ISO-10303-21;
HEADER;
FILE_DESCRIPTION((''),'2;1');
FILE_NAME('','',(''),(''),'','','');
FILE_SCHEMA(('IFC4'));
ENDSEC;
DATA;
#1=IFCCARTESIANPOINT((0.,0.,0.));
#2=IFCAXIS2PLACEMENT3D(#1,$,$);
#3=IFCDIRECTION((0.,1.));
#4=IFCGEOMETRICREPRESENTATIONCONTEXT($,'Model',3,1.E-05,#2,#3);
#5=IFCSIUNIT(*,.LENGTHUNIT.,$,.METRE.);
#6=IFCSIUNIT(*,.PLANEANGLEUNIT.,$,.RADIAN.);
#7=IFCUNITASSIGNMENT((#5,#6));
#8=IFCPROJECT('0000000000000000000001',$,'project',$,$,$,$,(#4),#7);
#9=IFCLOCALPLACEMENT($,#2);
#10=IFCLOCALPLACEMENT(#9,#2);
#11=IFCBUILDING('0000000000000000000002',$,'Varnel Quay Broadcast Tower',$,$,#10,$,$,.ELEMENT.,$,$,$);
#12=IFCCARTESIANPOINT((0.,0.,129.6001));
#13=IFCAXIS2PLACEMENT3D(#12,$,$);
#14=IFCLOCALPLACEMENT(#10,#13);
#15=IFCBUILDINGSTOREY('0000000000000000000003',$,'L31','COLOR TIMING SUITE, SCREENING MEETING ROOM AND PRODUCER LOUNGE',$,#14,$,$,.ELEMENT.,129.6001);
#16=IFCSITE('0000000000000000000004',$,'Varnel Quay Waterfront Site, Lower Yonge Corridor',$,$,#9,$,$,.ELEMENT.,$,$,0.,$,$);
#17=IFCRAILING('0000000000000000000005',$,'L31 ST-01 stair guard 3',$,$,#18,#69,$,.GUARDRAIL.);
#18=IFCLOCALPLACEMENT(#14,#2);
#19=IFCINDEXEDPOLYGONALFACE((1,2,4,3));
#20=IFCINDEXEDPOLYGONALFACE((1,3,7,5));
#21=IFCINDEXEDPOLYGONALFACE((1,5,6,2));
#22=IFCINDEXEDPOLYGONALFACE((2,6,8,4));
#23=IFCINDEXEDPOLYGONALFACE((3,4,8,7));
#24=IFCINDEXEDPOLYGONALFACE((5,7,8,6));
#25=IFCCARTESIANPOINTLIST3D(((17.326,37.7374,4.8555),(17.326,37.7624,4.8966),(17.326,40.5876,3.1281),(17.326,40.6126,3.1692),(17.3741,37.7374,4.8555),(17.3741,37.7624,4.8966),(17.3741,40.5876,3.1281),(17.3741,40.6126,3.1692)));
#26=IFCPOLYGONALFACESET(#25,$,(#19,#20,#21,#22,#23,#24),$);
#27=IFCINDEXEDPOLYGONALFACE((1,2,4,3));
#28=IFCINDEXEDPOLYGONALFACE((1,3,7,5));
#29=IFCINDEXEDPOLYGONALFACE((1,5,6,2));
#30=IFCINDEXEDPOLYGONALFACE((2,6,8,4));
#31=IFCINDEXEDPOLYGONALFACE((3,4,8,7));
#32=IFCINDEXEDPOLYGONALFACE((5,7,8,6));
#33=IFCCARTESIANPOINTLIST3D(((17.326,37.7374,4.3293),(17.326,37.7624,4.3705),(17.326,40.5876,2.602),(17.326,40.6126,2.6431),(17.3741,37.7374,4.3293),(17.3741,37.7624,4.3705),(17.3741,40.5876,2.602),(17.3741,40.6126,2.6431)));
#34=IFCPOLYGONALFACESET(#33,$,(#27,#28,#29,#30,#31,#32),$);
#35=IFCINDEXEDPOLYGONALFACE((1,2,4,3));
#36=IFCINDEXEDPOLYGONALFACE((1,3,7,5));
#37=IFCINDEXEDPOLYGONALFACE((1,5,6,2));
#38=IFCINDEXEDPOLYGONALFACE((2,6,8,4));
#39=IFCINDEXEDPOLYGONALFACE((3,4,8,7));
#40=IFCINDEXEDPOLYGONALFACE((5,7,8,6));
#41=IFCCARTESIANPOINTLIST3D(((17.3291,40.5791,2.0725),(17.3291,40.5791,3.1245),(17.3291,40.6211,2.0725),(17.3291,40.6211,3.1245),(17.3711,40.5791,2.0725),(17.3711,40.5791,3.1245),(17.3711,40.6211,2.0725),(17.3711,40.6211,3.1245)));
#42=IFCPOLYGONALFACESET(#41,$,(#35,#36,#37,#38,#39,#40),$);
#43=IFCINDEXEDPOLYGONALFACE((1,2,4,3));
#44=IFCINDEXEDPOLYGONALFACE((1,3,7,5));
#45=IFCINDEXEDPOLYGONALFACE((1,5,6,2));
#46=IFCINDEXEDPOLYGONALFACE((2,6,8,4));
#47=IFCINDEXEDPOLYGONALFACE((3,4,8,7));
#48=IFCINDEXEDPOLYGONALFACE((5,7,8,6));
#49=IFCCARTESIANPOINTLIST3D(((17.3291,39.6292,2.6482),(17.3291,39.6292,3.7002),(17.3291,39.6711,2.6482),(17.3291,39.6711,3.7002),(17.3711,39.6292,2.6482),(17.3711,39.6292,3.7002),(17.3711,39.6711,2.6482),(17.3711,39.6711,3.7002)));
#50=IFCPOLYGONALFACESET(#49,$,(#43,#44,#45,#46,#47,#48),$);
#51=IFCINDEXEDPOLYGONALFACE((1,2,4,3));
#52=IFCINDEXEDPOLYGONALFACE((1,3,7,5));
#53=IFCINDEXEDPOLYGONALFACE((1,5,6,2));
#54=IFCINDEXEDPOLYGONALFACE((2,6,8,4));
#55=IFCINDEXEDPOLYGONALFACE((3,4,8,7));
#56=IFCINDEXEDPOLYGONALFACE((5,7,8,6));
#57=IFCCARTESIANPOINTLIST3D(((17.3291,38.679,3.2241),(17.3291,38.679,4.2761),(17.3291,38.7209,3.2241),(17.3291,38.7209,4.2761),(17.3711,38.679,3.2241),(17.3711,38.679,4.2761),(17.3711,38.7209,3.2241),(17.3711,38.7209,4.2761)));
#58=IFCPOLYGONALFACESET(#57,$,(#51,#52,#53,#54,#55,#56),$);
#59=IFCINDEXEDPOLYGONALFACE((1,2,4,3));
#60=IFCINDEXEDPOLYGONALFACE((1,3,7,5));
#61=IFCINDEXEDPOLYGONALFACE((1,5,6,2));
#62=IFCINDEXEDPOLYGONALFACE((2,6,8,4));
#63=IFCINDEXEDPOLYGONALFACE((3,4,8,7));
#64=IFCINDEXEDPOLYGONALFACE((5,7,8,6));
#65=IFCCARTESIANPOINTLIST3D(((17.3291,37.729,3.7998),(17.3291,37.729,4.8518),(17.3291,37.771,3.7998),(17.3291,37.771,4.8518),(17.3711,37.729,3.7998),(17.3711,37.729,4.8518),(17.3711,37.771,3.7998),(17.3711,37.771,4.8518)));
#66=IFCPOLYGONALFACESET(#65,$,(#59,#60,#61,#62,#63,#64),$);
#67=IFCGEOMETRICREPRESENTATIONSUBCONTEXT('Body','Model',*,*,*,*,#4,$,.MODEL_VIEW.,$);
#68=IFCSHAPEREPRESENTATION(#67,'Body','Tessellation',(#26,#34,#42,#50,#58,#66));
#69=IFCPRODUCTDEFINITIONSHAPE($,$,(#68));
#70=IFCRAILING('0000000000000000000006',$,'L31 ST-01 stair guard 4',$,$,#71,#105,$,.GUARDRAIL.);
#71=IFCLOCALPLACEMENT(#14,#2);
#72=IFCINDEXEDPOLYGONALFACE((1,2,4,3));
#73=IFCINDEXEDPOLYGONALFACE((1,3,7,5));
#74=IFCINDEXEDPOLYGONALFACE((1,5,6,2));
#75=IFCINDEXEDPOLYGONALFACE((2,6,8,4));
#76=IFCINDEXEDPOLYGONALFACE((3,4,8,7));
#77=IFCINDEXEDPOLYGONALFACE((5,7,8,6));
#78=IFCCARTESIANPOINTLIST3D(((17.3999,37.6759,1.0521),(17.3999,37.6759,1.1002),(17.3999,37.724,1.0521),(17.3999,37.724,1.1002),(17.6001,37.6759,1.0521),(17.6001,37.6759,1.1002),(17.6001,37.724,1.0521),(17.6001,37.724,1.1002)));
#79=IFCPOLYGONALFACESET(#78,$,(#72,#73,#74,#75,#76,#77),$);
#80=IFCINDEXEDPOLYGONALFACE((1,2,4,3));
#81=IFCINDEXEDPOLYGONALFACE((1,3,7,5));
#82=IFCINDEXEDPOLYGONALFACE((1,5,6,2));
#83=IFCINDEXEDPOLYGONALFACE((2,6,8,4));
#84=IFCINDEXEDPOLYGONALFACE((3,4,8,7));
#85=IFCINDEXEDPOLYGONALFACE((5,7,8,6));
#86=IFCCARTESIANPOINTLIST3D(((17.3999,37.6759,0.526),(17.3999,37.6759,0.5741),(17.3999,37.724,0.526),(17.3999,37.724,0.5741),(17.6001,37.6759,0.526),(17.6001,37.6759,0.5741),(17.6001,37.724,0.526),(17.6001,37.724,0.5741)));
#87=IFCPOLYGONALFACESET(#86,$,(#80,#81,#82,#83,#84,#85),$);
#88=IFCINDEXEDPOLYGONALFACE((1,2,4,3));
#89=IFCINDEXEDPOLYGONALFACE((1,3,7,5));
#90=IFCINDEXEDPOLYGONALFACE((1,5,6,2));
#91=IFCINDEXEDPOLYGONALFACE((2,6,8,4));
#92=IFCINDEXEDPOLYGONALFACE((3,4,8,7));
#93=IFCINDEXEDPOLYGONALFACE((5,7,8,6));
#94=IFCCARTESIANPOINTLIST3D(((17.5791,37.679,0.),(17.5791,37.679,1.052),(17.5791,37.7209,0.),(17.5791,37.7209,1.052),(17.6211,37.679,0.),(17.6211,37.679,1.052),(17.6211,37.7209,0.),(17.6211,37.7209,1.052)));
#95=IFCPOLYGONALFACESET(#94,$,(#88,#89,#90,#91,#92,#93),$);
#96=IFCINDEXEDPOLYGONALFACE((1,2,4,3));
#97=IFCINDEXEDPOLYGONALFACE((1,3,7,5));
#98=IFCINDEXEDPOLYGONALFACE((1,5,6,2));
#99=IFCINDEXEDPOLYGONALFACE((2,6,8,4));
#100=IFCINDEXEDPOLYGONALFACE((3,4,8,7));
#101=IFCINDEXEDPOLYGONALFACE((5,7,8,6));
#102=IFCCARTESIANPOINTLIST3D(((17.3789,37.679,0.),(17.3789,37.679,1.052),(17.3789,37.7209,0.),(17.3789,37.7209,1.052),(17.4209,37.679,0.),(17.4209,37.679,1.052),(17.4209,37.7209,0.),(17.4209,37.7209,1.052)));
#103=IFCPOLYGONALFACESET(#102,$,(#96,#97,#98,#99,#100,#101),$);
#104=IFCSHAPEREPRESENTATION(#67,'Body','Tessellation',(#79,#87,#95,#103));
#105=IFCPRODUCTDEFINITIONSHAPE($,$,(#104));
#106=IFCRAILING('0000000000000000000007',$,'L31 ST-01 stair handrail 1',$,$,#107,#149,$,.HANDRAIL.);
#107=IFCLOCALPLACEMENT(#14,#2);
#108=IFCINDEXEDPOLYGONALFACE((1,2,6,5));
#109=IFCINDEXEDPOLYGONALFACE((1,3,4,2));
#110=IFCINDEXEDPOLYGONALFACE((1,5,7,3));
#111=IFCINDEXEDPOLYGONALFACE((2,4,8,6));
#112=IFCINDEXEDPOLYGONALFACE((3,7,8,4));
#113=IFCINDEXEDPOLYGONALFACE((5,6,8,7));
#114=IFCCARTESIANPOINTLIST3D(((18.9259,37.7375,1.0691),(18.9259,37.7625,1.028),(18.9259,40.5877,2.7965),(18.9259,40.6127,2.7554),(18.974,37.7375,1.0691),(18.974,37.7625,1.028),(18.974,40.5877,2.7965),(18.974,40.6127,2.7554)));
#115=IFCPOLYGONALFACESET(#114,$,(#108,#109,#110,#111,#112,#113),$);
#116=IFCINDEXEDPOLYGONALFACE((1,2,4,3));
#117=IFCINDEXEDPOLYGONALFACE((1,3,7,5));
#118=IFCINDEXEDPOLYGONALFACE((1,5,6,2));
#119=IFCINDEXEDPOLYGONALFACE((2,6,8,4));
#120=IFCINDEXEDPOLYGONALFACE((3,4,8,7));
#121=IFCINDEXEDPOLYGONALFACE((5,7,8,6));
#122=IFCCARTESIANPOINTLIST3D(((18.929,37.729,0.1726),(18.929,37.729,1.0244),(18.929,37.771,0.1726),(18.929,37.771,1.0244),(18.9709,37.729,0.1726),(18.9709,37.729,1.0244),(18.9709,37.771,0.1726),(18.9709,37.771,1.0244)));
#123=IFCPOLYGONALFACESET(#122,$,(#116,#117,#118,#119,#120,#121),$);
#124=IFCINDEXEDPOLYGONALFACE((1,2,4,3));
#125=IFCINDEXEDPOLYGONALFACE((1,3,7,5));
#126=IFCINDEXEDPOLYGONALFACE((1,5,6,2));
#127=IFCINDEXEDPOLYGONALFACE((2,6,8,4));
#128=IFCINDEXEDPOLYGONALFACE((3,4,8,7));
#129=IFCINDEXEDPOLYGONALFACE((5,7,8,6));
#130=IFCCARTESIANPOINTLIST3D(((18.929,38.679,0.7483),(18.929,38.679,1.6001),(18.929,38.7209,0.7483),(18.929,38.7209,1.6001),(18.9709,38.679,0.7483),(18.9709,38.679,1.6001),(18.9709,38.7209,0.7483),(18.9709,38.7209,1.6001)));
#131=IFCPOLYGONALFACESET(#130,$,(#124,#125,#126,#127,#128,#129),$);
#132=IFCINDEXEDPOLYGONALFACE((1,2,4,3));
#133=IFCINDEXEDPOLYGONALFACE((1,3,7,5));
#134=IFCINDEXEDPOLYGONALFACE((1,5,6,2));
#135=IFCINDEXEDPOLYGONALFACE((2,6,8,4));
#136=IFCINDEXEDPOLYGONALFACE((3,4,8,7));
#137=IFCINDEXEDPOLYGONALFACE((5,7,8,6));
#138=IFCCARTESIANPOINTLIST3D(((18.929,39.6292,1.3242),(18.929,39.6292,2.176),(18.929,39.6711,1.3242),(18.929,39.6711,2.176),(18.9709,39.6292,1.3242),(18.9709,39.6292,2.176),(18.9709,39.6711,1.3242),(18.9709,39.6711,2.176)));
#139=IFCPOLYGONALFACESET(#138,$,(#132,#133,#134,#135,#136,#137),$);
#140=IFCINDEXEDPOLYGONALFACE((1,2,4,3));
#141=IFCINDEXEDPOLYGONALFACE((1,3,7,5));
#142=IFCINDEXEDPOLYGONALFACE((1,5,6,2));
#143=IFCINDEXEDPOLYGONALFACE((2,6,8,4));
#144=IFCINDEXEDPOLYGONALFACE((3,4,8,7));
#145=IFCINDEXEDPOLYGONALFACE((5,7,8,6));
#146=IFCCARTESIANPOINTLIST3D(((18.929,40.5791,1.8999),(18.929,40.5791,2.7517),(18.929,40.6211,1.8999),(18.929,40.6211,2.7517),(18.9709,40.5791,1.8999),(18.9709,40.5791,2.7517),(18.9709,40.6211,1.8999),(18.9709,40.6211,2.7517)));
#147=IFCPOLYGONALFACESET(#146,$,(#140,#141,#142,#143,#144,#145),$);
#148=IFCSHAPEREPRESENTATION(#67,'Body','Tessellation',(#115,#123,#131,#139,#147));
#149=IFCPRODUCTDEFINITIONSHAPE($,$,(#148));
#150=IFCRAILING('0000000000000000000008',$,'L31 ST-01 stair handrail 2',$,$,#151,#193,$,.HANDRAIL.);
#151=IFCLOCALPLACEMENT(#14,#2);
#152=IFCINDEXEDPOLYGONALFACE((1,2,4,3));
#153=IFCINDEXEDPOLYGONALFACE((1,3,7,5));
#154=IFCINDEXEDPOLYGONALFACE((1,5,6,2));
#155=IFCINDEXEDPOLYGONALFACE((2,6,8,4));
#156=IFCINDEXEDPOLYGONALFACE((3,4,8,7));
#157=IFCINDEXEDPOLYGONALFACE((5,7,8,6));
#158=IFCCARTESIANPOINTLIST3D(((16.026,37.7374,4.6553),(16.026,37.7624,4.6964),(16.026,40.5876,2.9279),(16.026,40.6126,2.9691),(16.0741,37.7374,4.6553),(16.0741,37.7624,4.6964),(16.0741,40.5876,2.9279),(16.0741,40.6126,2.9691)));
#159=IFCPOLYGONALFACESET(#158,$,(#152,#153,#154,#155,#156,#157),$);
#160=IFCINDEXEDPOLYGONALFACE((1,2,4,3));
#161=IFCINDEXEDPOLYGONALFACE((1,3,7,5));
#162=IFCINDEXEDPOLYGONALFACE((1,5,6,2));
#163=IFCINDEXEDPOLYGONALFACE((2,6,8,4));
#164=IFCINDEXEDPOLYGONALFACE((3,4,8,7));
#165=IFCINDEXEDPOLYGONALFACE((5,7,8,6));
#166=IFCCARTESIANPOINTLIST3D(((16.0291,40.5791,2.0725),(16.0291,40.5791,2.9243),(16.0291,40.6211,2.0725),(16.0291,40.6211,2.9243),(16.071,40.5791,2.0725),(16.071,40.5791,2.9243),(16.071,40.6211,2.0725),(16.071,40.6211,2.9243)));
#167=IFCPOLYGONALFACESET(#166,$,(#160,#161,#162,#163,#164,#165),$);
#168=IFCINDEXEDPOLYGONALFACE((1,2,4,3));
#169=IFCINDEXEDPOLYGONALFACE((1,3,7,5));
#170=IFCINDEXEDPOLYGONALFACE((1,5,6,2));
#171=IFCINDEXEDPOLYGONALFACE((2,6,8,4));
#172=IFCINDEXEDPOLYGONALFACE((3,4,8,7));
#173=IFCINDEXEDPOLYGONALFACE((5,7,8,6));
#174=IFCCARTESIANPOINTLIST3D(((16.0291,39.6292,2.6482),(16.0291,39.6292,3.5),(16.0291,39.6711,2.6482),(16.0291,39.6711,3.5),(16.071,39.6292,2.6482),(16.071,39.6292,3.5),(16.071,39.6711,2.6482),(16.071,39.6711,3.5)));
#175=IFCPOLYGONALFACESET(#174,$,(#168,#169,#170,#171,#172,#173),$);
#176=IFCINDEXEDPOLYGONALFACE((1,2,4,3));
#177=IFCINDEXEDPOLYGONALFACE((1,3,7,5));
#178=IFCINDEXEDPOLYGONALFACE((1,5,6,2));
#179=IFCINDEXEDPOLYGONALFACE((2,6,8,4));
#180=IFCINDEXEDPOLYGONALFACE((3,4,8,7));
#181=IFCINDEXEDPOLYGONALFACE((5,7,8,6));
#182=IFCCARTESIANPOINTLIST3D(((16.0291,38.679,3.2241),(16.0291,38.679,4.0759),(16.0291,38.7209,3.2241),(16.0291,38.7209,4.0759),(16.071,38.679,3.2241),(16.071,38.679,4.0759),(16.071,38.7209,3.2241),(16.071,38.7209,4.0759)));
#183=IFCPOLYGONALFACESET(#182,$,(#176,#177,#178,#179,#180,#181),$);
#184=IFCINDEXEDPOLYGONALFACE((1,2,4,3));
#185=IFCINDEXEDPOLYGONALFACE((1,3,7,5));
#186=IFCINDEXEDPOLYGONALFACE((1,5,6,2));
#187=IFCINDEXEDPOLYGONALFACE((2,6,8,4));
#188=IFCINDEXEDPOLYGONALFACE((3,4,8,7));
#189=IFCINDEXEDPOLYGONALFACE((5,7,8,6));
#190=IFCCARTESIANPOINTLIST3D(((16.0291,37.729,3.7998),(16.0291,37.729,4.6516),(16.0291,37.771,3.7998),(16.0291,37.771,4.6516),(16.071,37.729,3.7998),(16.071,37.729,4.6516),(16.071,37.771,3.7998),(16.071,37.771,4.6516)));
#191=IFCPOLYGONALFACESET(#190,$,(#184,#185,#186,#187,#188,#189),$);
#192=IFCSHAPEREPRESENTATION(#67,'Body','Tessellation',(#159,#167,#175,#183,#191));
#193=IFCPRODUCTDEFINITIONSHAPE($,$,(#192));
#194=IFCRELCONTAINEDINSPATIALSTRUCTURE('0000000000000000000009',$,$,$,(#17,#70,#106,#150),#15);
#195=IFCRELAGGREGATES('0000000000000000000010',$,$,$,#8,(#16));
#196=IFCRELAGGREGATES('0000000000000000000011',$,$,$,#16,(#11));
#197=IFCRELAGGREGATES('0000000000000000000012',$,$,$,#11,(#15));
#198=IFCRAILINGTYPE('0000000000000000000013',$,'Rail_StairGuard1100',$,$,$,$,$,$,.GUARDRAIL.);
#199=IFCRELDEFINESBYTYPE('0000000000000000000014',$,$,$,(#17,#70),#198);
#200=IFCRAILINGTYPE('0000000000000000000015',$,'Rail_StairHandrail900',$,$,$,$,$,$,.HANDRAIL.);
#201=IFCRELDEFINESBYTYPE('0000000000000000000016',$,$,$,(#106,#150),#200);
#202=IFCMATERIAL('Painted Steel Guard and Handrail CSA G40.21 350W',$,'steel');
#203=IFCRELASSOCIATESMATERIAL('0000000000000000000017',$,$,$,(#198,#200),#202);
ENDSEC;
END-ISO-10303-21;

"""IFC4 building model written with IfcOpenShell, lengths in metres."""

from ifc_helpers import new_model, si_unit, direction, frame, origin, origin_2d, place, context, subcontext, project, spatial, rectangle, extrude, material, type_object, element, save


model = new_model("IFC4")

# Units and contexts
model_context = context("Model", 3, precision=1e-05, world=origin(), true_north=direction((0.0, 1.0)))
body_context = subcontext(model_context, "Body", "Model", "MODEL_VIEW")
ifc_project = project(units=[si_unit("LENGTHUNIT", "METRE"), si_unit("PLANEANGLEUNIT", "RADIAN")], contexts=[model_context])

# Site, building, storey
site_placement = place(None, origin())
site = spatial("IfcSite", under=ifc_project, at=site_placement, Name="Varnel Quay Waterfront Site, Lower Yonge Corridor", CompositionType="ELEMENT", RefElevation=0.0)
building_placement = place(site_placement, origin())
building = spatial("IfcBuilding", under=site, at=building_placement, Name="Varnel Quay Broadcast Tower", CompositionType="ELEMENT")
storey_placement = place(building_placement, frame((0.0, 0.0, 129.6001)))
storey = spatial("IfcBuildingStorey", under=building, at=storey_placement, Name="L31", Description="COLOR TIMING SUITE, SCREENING MEETING ROOM AND PRODUCER LOUNGE", CompositionType="ELEMENT", Elevation=129.6001)

# Railings
ifc_material_1 = material(Name="Painted Steel Guard and Handrail CSA G40.21 350W", Category="steel")
railing_type_1 = type_object("IfcRailingType", Name="Rail_StairGuard1100", PredefinedType="GUARDRAIL", material=ifc_material_1)
railing_1_placement = place(storey_placement, frame((17.3501, 40.6001, 2.0725)))
element("IfcRailing", 1, at=railing_1_placement, inside=storey, type_object=railing_type_1, Name="L31 ST-01 stair guard 3", PredefinedType="GUARDRAIL", context=body_context, shape_type="SweptSolid", body=[
    extrude(rectangle(XDim=0.0481, YDim=0.0481, at=origin_2d()), frame((0.0, 0.0, 1.0762), z_axis=(0.0, -0.855203, 0.518294), x_axis=(1.0, 0.0, 0.0)), (0.0, 0.0, 1.0), 3.3328),
    extrude(rectangle(XDim=0.0481, YDim=0.0481, at=origin_2d()), frame((0.0, 0.0, 0.55), z_axis=(0.0, -0.855203, 0.518294), x_axis=(1.0, 0.0, 0.0)), (0.0, 0.0, 1.0), 3.3328),
    extrude(rectangle(XDim=0.042, YDim=0.042, at=origin_2d()), origin(), (0.0, 0.0, 1.0), 1.052),
    extrude(rectangle(XDim=0.042, YDim=0.042, at=origin_2d()), frame((0.0, -0.95, 0.5757)), (0.0, 0.0, 1.0), 1.052),
    extrude(rectangle(XDim=0.042, YDim=0.042, at=origin_2d()), frame((0.0, -1.9001, 1.1516)), (0.0, 0.0, 1.0), 1.052),
    extrude(rectangle(XDim=0.042, YDim=0.042, at=origin_2d()), frame((0.0, -2.8501, 1.7273)), (0.0, 0.0, 1.0), 1.052),
])
railing_2_placement = place(storey_placement, frame((17.6001, 37.7, 0.0)))
element("IfcRailing", 2, at=railing_2_placement, inside=storey, type_object=railing_type_1, Name="L31 ST-01 stair guard 4", PredefinedType="GUARDRAIL", context=body_context, shape_type="SweptSolid", body=[
    extrude(rectangle(XDim=0.0481, YDim=0.0481, at=origin_2d()), frame((0.0, 0.0, 1.0762), z_axis=(-1.0, 0.0, 0.0), x_axis=(0.0, -1.0, 0.0)), (0.0, 0.0, 1.0), 0.2002),
    extrude(rectangle(XDim=0.0481, YDim=0.0481, at=origin_2d()), frame((0.0, 0.0, 0.55), z_axis=(-1.0, 0.0, 0.0), x_axis=(0.0, -1.0, 0.0)), (0.0, 0.0, 1.0), 0.2002),
    extrude(rectangle(XDim=0.042, YDim=0.042, at=origin_2d()), origin(), (0.0, 0.0, 1.0), 1.052),
    extrude(rectangle(XDim=0.042, YDim=0.042, at=origin_2d()), frame((-0.2002, 0.0, 0.0)), (0.0, 0.0, 1.0), 1.052),
])
railing_type_2 = type_object("IfcRailingType", Name="Rail_StairHandrail900", PredefinedType="HANDRAIL", material=ifc_material_1)
railing_3_placement = place(storey_placement, frame((18.95, 37.75, 0.1726)))
element("IfcRailing", 3, at=railing_3_placement, inside=storey, type_object=railing_type_2, Name="L31 ST-01 stair handrail 1", PredefinedType="HANDRAIL", context=body_context, shape_type="SweptSolid", body=[
    extrude(rectangle(XDim=0.0481, YDim=0.0481, at=origin_2d()), frame((0.0, 0.0, 0.876), z_axis=(0.0, 0.855203, 0.518294), x_axis=(-1.0, 0.0, 0.0)), (0.0, 0.0, 1.0), 3.3328),
    extrude(rectangle(XDim=0.042, YDim=0.042, at=origin_2d()), origin(), (0.0, 0.0, 1.0), 0.8518),
    extrude(rectangle(XDim=0.042, YDim=0.042, at=origin_2d()), frame((0.0, 0.95, 0.5757)), (0.0, 0.0, 1.0), 0.8518),
    extrude(rectangle(XDim=0.042, YDim=0.042, at=origin_2d()), frame((0.0, 1.9001, 1.1516)), (0.0, 0.0, 1.0), 0.8518),
    extrude(rectangle(XDim=0.042, YDim=0.042, at=origin_2d()), frame((0.0, 2.8501, 1.7273)), (0.0, 0.0, 1.0), 0.8518),
])
railing_4_placement = place(storey_placement, frame((16.05, 40.6001, 2.0725)))
element("IfcRailing", 4, at=railing_4_placement, inside=storey, type_object=railing_type_2, Name="L31 ST-01 stair handrail 2", PredefinedType="HANDRAIL", context=body_context, shape_type="SweptSolid", body=[
    extrude(rectangle(XDim=0.0481, YDim=0.0481, at=origin_2d()), frame((0.0, 0.0, 0.876), z_axis=(0.0, -0.855203, 0.518294), x_axis=(1.0, 0.0, 0.0)), (0.0, 0.0, 1.0), 3.3328),
    extrude(rectangle(XDim=0.042, YDim=0.042, at=origin_2d()), origin(), (0.0, 0.0, 1.0), 0.8518),
    extrude(rectangle(XDim=0.042, YDim=0.042, at=origin_2d()), frame((0.0, -0.95, 0.5757)), (0.0, 0.0, 1.0), 0.8518),
    extrude(rectangle(XDim=0.042, YDim=0.042, at=origin_2d()), frame((0.0, -1.9001, 1.1516)), (0.0, 0.0, 1.0), 0.8518),
    extrude(rectangle(XDim=0.042, YDim=0.042, at=origin_2d()), frame((0.0, -2.8501, 1.7273)), (0.0, 0.0, 1.0), 0.8518),
])

save(model, "model.ifc")
